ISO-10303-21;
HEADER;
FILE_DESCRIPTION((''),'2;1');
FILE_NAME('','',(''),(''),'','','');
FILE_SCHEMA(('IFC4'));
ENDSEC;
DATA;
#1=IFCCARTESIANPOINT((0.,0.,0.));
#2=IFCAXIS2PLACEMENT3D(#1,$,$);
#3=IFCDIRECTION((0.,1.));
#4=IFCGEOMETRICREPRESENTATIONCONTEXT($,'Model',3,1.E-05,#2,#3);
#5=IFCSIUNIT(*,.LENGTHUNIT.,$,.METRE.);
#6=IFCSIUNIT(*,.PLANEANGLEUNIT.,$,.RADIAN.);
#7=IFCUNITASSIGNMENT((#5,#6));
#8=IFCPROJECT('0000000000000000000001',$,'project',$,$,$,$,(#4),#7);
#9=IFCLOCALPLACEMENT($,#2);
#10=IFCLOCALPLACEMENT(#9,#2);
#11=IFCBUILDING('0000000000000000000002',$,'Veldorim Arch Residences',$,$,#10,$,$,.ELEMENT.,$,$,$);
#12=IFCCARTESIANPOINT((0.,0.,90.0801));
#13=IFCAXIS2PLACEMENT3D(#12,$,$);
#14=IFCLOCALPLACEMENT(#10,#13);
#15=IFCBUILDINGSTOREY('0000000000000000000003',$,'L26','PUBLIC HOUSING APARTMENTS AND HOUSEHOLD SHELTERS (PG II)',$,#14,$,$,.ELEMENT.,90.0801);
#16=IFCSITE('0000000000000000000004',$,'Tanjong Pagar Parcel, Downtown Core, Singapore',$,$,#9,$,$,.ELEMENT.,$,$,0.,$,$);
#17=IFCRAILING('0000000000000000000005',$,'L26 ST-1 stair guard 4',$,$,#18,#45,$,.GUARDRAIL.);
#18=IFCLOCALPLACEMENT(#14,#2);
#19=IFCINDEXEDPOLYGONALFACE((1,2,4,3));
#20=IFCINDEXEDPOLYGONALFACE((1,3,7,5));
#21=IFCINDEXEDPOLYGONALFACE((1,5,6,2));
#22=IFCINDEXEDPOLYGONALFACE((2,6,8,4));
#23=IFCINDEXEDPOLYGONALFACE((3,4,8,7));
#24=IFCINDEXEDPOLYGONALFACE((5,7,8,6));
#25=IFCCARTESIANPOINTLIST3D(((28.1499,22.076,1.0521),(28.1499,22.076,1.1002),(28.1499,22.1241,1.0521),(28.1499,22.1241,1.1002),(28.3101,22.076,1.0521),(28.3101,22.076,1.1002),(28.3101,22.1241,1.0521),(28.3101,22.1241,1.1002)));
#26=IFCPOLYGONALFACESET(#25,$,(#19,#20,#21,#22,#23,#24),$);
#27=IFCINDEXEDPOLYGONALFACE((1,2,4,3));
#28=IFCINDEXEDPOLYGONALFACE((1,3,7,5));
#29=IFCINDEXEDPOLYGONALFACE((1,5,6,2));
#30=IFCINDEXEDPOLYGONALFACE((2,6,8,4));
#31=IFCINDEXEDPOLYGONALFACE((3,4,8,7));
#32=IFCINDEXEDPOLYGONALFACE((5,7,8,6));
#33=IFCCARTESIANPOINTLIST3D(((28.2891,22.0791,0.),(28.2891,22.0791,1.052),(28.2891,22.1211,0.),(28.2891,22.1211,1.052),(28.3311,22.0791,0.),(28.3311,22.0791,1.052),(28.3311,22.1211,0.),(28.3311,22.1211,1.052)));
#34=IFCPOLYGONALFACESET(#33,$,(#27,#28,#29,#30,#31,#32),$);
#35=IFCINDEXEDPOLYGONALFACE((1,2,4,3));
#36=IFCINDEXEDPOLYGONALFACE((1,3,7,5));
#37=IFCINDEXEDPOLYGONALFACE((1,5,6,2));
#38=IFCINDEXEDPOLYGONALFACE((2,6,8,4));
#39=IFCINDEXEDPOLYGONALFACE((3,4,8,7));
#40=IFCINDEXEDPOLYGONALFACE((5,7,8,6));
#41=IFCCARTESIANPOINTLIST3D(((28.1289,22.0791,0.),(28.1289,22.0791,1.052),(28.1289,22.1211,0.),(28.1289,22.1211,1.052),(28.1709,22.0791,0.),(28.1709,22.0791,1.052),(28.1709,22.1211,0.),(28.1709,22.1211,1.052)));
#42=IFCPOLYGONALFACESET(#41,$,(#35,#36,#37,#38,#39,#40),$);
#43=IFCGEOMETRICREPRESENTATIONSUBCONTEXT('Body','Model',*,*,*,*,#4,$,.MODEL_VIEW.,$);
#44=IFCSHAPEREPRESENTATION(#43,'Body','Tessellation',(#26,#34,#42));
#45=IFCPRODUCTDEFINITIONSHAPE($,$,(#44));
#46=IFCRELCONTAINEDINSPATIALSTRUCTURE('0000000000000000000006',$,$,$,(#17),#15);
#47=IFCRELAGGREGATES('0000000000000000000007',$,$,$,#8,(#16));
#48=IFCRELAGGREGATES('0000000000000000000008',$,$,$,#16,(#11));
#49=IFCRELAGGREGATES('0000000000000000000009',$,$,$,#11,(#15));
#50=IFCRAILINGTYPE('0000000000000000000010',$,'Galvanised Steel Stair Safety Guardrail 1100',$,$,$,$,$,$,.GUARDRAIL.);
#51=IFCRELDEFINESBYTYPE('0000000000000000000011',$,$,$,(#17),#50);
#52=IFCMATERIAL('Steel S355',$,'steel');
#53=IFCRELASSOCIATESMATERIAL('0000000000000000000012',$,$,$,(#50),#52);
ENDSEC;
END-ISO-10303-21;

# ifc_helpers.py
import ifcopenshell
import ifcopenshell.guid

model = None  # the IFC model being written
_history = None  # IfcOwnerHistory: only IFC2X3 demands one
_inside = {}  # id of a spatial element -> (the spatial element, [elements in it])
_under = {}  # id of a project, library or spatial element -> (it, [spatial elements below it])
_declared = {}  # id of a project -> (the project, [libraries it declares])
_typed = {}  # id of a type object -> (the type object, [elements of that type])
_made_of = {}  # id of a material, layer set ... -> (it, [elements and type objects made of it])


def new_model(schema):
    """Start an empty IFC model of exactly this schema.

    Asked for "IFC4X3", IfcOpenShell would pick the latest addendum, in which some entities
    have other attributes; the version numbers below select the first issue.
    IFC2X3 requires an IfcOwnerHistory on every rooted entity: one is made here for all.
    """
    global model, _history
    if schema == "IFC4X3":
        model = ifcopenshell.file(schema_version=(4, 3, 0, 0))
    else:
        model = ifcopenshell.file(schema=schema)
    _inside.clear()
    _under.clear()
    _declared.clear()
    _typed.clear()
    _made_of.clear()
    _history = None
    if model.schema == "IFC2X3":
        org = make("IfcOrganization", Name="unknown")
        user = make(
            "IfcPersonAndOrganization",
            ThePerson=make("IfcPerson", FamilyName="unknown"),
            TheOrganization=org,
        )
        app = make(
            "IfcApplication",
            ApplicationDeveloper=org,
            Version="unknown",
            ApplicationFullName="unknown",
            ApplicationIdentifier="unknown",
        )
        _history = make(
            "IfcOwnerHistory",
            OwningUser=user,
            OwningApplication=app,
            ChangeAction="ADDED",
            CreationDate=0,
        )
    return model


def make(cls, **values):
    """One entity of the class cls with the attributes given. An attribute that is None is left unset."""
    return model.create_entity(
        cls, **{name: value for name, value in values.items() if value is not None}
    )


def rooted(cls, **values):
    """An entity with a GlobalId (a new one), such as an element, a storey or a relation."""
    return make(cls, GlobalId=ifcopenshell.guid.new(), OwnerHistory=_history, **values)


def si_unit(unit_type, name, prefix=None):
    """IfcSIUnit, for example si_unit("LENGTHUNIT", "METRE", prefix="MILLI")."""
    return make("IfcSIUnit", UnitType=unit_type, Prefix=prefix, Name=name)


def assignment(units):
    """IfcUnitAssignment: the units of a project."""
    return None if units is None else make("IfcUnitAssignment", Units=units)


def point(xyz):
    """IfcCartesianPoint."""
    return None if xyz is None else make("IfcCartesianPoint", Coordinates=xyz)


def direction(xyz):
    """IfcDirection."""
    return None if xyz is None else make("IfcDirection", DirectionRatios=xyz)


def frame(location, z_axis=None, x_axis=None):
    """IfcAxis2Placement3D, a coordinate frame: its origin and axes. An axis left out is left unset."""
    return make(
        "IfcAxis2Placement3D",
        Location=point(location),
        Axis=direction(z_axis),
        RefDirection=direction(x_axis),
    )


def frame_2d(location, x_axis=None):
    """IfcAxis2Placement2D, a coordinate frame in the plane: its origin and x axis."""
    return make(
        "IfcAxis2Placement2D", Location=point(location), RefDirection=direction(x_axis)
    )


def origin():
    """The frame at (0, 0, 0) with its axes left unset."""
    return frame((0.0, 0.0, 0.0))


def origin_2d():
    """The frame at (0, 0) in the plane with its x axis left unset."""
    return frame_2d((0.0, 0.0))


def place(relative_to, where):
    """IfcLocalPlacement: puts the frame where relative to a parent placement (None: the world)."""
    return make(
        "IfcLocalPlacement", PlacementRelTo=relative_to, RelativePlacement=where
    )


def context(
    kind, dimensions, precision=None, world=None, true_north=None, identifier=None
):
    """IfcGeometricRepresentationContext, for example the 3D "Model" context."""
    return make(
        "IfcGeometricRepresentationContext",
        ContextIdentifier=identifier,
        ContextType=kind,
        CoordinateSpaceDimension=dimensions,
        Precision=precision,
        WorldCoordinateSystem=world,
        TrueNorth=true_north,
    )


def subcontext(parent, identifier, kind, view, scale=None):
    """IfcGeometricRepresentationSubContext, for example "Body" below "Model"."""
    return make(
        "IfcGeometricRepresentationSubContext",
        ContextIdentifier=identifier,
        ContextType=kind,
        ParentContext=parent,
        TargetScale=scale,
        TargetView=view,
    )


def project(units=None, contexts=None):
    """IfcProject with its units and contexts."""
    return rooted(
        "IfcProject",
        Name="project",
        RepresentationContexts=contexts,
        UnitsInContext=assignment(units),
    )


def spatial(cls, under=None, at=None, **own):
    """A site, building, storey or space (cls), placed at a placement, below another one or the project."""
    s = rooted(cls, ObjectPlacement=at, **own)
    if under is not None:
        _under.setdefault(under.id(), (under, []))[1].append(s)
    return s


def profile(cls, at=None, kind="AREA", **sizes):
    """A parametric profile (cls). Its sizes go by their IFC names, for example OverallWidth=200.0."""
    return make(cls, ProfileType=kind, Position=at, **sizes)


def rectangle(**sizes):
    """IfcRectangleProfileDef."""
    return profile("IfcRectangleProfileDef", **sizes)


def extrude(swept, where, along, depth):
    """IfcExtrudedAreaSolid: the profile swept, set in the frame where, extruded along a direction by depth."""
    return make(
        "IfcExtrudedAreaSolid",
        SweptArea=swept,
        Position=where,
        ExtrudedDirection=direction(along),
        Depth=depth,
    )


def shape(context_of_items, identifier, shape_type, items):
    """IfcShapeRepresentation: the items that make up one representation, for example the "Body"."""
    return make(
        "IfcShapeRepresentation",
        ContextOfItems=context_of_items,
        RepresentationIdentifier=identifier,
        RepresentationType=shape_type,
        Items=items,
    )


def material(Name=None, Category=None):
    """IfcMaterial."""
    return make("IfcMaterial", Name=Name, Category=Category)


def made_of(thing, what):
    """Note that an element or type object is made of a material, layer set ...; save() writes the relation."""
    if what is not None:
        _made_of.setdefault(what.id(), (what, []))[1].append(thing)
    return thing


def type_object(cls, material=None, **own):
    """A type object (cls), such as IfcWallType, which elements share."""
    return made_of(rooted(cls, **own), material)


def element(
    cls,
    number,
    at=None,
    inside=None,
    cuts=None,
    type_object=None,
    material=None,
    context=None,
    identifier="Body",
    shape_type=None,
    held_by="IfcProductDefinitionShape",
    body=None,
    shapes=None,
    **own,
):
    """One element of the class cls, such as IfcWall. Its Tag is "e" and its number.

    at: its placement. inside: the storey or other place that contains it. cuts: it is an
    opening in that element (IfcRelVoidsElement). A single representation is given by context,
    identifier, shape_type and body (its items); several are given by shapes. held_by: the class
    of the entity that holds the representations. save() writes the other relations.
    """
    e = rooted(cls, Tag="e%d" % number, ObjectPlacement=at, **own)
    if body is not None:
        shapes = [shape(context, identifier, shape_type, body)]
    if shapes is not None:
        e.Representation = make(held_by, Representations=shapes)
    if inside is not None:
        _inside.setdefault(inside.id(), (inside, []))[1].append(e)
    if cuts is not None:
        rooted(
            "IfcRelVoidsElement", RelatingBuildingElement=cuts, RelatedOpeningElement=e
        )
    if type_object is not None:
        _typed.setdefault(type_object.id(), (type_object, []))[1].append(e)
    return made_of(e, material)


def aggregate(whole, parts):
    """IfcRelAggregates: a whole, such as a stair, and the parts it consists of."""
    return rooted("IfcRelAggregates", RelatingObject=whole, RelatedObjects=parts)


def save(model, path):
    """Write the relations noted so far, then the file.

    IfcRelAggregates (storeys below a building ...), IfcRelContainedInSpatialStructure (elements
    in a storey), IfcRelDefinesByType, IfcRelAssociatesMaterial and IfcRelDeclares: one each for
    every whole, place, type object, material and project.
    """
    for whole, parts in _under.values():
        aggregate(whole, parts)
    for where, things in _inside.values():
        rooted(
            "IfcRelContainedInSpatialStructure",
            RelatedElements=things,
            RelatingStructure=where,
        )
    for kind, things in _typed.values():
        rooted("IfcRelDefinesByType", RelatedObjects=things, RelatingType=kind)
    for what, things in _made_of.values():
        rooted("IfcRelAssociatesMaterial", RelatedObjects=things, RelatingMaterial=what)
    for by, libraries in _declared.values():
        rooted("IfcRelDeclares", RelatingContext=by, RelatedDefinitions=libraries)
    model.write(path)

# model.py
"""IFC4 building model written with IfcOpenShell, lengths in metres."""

from ifc_helpers import new_model, si_unit, direction, frame, origin, origin_2d, place, context, subcontext, project, spatial, rectangle, extrude, material, type_object, element, save


model = new_model("IFC4")

# Units and contexts
model_context = context("Model", 3, precision=1e-05, world=origin(), true_north=direction((0.0, 1.0)))
body_context = subcontext(model_context, "Body", "Model", "MODEL_VIEW")
ifc_project = project(units=[si_unit("LENGTHUNIT", "METRE"), si_unit("PLANEANGLEUNIT", "RADIAN")], contexts=[model_context])

# Site, building, storey
site_placement = place(None, origin())
site = spatial("IfcSite", under=ifc_project, at=site_placement, Name="Tanjong Pagar Parcel, Downtown Core, Singapore", CompositionType="ELEMENT", RefElevation=0.0)
building_placement = place(site_placement, origin())
building = spatial("IfcBuilding", under=site, at=building_placement, Name="Veldorim Arch Residences", CompositionType="ELEMENT")
storey_placement = place(building_placement, frame((0.0, 0.0, 90.0801)))
storey = spatial("IfcBuildingStorey", under=building, at=storey_placement, Name="L26", Description="PUBLIC HOUSING APARTMENTS AND HOUSEHOLD SHELTERS (PG II)", CompositionType="ELEMENT", Elevation=90.0801)

# Railing
ifc_material_1 = material(Name="Steel S355", Category="steel")
railing_type = type_object("IfcRailingType", Name="Galvanised Steel Stair Safety Guardrail 1100", PredefinedType="GUARDRAIL", material=ifc_material_1)
railing_1_placement = place(storey_placement, frame((28.3101, 22.1001, 0.0)))
element("IfcRailing", 1, at=railing_1_placement, inside=storey, type_object=railing_type, Name="L26 ST-1 stair guard 4", PredefinedType="GUARDRAIL", context=body_context, shape_type="SweptSolid", body=[
    extrude(rectangle(XDim=0.0481, YDim=0.0481, at=origin_2d()), frame((0.0, 0.0, 1.0762), z_axis=(-1.0, 0.0, 0.0), x_axis=(0.0, -1.0, 0.0)), (0.0, 0.0, 1.0), 0.1602),
    extrude(rectangle(XDim=0.042, YDim=0.042, at=origin_2d()), origin(), (0.0, 0.0, 1.0), 1.052),
    extrude(rectangle(XDim=0.042, YDim=0.042, at=origin_2d()), frame((-0.1602, 0.0, 0.0)), (0.0, 0.0, 1.0), 1.052),
])

save(model, "model.ifc")
